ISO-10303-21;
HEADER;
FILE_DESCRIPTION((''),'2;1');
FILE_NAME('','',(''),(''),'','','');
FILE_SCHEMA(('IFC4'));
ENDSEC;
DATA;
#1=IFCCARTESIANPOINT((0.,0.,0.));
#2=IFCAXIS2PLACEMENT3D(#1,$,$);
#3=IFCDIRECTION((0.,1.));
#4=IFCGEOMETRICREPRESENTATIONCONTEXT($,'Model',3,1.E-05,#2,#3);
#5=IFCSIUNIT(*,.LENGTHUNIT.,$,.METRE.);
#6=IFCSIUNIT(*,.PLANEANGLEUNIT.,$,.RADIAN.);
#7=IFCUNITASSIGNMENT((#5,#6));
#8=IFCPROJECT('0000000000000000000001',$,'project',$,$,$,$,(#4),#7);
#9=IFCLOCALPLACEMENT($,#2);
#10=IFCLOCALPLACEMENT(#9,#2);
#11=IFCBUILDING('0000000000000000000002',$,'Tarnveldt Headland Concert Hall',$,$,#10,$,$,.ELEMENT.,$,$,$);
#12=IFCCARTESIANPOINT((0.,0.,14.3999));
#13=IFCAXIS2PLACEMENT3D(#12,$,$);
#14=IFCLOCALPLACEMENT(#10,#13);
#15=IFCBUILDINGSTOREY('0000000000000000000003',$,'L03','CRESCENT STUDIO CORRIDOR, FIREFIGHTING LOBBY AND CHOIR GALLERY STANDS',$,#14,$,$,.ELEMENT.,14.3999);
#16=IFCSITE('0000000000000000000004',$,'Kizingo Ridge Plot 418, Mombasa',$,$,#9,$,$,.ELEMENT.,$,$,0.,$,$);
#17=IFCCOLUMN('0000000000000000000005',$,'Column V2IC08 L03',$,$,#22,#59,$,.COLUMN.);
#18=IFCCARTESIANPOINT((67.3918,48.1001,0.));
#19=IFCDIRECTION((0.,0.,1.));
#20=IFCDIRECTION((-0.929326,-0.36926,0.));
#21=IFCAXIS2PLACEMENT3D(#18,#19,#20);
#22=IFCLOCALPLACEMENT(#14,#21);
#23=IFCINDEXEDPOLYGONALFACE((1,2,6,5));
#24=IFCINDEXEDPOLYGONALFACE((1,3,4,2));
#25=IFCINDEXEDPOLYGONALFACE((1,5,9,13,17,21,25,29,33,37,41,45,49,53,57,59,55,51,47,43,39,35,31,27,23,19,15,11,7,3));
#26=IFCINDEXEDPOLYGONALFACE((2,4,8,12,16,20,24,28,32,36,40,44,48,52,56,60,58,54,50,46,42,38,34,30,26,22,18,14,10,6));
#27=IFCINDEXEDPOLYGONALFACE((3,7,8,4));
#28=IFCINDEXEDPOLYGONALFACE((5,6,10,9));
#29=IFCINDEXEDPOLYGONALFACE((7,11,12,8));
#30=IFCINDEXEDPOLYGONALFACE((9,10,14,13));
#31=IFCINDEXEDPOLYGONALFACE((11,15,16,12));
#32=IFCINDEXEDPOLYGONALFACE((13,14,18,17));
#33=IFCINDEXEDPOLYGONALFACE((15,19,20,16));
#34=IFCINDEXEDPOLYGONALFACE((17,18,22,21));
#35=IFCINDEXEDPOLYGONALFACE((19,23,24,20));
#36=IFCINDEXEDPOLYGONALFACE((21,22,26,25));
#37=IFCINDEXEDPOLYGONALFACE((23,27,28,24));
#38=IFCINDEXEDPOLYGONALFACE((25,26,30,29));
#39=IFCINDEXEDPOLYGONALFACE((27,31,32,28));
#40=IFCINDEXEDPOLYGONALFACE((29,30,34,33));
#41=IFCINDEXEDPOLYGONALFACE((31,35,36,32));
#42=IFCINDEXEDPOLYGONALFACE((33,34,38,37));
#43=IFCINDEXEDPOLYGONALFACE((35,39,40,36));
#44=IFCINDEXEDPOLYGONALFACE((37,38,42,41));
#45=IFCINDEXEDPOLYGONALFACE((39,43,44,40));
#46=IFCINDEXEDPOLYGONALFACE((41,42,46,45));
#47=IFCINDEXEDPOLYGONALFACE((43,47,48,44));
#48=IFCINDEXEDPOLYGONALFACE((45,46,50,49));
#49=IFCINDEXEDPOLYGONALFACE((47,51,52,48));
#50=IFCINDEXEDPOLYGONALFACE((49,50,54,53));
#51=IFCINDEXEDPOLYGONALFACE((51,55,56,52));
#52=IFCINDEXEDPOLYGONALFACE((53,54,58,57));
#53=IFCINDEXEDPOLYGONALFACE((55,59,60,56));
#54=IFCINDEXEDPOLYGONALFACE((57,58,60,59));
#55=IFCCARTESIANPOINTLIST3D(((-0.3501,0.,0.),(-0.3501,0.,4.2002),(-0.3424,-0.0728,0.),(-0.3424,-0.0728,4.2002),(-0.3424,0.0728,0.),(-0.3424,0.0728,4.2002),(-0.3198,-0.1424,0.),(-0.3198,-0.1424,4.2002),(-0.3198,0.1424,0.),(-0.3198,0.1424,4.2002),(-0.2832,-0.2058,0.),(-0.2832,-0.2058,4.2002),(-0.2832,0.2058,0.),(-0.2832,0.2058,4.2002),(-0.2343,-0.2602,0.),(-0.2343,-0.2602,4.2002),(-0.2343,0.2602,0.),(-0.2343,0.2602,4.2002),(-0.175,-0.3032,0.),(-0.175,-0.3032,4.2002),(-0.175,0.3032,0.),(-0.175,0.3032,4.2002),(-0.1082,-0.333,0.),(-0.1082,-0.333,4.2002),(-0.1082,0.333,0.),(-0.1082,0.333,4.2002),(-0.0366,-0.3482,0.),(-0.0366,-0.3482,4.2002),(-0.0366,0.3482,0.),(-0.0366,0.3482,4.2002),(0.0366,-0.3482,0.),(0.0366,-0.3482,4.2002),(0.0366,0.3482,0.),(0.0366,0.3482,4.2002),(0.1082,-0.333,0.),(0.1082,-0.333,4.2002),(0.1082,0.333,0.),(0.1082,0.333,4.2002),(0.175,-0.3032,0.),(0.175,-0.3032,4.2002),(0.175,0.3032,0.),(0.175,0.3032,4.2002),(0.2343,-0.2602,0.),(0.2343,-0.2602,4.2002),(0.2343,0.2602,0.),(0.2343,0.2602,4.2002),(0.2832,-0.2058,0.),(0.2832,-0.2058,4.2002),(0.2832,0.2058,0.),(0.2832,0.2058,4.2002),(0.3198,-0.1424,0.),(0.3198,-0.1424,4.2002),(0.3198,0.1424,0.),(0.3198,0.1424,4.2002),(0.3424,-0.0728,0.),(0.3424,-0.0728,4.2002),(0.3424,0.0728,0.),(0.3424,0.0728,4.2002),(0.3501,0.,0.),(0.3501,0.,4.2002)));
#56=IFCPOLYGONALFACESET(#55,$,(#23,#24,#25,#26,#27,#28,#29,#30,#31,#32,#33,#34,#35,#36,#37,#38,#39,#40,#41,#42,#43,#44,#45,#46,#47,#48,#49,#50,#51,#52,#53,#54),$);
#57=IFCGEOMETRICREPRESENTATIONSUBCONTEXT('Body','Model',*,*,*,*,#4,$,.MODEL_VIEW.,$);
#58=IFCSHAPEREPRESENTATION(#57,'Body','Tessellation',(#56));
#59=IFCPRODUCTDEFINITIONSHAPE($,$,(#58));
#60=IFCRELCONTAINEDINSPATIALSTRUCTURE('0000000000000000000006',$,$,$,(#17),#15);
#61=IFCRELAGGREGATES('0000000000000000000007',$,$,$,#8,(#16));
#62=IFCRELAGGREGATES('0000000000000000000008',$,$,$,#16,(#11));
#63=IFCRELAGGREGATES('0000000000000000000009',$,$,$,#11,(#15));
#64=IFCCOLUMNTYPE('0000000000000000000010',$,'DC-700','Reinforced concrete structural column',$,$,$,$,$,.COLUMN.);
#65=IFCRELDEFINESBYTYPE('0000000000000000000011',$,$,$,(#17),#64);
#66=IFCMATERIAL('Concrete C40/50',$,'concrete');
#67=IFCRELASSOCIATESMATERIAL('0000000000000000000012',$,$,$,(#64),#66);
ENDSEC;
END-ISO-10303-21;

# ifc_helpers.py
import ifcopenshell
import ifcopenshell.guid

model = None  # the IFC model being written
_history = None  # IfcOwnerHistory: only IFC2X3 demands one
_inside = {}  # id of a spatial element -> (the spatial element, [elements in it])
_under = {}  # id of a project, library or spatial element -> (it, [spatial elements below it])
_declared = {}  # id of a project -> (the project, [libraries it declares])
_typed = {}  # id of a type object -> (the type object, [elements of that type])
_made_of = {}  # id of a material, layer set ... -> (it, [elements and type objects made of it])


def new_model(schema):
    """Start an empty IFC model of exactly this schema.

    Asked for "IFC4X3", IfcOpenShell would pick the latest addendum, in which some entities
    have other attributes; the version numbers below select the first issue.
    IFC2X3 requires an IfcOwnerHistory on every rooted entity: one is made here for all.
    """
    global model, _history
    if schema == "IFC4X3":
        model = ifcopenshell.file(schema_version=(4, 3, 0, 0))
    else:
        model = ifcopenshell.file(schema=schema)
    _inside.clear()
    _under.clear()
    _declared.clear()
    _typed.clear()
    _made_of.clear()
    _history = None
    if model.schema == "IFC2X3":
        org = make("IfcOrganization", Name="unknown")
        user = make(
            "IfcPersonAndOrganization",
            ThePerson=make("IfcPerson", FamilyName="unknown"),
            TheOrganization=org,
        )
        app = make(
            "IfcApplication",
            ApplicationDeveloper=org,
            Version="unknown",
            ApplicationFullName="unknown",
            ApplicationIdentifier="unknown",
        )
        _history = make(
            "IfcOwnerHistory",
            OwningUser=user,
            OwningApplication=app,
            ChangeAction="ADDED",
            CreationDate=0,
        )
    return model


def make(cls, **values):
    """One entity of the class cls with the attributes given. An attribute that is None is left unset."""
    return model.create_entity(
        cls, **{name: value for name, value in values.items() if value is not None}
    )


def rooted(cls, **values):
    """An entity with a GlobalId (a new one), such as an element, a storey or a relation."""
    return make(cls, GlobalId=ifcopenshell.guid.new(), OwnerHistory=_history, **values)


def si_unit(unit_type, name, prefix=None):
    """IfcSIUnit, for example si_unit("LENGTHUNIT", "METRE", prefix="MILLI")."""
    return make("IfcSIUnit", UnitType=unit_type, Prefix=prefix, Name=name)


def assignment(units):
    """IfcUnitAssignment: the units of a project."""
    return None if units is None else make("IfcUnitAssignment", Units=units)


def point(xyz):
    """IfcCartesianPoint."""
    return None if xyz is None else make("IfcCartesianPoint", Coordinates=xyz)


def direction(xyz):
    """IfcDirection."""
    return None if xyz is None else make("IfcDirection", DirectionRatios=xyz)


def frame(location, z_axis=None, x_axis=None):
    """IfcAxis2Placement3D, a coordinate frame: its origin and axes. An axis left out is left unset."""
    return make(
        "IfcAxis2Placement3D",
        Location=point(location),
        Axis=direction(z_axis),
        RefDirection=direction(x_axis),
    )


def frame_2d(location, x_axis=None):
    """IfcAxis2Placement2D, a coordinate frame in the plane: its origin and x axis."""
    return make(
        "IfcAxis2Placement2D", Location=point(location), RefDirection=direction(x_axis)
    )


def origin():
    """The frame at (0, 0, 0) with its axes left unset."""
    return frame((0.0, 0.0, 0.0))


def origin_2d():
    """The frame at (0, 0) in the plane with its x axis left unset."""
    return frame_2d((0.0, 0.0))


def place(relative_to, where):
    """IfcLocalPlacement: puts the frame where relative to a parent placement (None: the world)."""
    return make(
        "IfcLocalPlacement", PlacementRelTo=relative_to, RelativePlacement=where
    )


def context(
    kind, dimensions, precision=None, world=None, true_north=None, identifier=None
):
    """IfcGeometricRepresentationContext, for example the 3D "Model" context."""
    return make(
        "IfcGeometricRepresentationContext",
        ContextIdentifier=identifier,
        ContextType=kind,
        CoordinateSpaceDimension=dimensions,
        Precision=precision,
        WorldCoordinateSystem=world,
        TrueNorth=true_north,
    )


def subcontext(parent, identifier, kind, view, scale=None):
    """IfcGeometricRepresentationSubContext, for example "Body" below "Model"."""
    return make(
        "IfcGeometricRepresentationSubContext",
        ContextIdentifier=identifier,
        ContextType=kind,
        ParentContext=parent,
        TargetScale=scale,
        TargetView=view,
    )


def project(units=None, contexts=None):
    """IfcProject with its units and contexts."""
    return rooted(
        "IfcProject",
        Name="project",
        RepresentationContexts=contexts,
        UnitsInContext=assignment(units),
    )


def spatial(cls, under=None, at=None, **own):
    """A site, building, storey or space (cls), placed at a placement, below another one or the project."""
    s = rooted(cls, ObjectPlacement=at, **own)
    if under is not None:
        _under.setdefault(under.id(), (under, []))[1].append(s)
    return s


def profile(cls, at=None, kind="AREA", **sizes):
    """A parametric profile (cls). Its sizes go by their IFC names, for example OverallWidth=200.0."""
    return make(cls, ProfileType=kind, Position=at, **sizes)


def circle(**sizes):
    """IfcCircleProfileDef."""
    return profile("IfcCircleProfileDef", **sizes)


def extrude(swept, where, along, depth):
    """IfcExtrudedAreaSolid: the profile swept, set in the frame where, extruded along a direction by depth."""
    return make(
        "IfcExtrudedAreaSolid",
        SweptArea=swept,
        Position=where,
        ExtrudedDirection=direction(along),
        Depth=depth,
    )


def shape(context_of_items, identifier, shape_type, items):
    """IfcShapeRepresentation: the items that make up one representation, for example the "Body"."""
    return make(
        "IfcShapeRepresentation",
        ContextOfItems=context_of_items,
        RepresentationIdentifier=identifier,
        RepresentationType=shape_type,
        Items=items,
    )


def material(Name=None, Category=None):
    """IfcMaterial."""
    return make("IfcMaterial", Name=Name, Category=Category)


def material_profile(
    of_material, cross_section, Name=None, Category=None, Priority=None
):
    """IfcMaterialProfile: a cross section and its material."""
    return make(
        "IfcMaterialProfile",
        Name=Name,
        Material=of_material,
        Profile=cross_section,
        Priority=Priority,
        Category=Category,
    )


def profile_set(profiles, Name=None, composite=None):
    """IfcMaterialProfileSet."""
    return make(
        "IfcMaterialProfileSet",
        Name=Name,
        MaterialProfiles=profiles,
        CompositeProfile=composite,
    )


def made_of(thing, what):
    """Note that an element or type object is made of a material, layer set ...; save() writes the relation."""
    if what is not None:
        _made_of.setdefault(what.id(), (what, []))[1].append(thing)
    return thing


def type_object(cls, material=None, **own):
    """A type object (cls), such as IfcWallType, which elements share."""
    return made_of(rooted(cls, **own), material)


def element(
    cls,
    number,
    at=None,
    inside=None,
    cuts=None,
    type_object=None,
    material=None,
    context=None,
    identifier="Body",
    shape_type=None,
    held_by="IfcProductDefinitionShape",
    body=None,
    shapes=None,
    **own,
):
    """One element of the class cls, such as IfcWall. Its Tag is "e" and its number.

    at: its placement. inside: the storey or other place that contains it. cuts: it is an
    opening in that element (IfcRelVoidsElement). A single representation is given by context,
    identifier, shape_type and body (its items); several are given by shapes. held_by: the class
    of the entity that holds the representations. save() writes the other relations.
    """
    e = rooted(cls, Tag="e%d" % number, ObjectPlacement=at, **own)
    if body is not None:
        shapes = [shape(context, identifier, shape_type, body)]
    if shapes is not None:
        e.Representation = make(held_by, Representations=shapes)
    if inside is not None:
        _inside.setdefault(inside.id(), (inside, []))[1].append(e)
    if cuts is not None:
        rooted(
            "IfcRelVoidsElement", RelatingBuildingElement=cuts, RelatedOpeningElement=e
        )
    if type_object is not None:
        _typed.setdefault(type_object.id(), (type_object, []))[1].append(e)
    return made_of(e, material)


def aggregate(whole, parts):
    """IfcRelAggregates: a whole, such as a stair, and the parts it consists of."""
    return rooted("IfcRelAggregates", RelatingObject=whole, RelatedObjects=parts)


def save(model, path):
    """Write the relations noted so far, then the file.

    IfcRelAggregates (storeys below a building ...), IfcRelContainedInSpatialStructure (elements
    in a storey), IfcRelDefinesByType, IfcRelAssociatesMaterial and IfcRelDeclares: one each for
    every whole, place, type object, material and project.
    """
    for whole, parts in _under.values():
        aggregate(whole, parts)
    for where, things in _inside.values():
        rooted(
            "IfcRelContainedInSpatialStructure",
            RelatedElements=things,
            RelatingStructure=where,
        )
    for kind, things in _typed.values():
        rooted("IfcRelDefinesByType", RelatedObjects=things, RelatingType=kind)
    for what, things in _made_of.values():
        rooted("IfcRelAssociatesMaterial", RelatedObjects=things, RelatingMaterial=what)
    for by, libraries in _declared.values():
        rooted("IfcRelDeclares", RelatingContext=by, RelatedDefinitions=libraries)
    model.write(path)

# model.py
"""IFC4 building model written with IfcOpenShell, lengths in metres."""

from ifc_helpers import new_model, si_unit, direction, frame, origin, origin_2d, place, context, subcontext, project, spatial, circle, extrude, material, material_profile, profile_set, type_object, element, save


model = new_model("IFC4")

# Units and contexts
model_context = context("Model", 3, precision=1e-05, world=origin(), true_north=direction((0.0, 1.0)))
body_context = subcontext(model_context, "Body", "Model", "MODEL_VIEW")
ifc_project = project(units=[si_unit("LENGTHUNIT", "METRE"), si_unit("PLANEANGLEUNIT", "RADIAN")], contexts=[model_context])

# Site, building, storey
site_placement = place(None, origin())
site = spatial("IfcSite", under=ifc_project, at=site_placement, Name="Kizingo Ridge Plot 418, Mombasa", CompositionType="ELEMENT", RefElevation=0.0)
building_placement = place(site_placement, origin())
building = spatial("IfcBuilding", under=site, at=building_placement, Name="Tarnveldt Headland Concert Hall", CompositionType="ELEMENT")
storey_placement = place(building_placement, frame((0.0, 0.0, 14.3999)))
storey = spatial("IfcBuildingStorey", under=building, at=storey_placement, Name="L03", Description="CRESCENT STUDIO CORRIDOR, FIREFIGHTING LOBBY AND CHOIR GALLERY STANDS", CompositionType="ELEMENT", Elevation=14.3999)

# Column
ifc_material_1 = material(Name="Concrete C40/50", Category="concrete")
ifc_material_profile_1 = material_profile(ifc_material_1, circle(Radius=0.3501, at=origin_2d()), Name="RC D700", Category="concrete")
ifc_profile_set_1 = profile_set([ifc_material_profile_1], Name="Concrete C40/50")
column_type = type_object("IfcColumnType", Name="DC-700", Description="Reinforced concrete structural column", PredefinedType="COLUMN", material=ifc_profile_set_1)
column_placement = place(storey_placement, frame((67.3918, 48.1001, 0.0), z_axis=(0.0, 0.0, 1.0), x_axis=(-0.929326, -0.36926, 0.0)))
element("IfcColumn", 1, at=column_placement, inside=storey, type_object=column_type, Name="Column V2IC08 L03", PredefinedType="COLUMN", context=body_context, shape_type="SweptSolid", body=[
    extrude(circle(Radius=0.3501, at=origin_2d()), origin(), (0.0, 0.0, 1.0), 4.2002),
])

save(model, "model.ifc")
